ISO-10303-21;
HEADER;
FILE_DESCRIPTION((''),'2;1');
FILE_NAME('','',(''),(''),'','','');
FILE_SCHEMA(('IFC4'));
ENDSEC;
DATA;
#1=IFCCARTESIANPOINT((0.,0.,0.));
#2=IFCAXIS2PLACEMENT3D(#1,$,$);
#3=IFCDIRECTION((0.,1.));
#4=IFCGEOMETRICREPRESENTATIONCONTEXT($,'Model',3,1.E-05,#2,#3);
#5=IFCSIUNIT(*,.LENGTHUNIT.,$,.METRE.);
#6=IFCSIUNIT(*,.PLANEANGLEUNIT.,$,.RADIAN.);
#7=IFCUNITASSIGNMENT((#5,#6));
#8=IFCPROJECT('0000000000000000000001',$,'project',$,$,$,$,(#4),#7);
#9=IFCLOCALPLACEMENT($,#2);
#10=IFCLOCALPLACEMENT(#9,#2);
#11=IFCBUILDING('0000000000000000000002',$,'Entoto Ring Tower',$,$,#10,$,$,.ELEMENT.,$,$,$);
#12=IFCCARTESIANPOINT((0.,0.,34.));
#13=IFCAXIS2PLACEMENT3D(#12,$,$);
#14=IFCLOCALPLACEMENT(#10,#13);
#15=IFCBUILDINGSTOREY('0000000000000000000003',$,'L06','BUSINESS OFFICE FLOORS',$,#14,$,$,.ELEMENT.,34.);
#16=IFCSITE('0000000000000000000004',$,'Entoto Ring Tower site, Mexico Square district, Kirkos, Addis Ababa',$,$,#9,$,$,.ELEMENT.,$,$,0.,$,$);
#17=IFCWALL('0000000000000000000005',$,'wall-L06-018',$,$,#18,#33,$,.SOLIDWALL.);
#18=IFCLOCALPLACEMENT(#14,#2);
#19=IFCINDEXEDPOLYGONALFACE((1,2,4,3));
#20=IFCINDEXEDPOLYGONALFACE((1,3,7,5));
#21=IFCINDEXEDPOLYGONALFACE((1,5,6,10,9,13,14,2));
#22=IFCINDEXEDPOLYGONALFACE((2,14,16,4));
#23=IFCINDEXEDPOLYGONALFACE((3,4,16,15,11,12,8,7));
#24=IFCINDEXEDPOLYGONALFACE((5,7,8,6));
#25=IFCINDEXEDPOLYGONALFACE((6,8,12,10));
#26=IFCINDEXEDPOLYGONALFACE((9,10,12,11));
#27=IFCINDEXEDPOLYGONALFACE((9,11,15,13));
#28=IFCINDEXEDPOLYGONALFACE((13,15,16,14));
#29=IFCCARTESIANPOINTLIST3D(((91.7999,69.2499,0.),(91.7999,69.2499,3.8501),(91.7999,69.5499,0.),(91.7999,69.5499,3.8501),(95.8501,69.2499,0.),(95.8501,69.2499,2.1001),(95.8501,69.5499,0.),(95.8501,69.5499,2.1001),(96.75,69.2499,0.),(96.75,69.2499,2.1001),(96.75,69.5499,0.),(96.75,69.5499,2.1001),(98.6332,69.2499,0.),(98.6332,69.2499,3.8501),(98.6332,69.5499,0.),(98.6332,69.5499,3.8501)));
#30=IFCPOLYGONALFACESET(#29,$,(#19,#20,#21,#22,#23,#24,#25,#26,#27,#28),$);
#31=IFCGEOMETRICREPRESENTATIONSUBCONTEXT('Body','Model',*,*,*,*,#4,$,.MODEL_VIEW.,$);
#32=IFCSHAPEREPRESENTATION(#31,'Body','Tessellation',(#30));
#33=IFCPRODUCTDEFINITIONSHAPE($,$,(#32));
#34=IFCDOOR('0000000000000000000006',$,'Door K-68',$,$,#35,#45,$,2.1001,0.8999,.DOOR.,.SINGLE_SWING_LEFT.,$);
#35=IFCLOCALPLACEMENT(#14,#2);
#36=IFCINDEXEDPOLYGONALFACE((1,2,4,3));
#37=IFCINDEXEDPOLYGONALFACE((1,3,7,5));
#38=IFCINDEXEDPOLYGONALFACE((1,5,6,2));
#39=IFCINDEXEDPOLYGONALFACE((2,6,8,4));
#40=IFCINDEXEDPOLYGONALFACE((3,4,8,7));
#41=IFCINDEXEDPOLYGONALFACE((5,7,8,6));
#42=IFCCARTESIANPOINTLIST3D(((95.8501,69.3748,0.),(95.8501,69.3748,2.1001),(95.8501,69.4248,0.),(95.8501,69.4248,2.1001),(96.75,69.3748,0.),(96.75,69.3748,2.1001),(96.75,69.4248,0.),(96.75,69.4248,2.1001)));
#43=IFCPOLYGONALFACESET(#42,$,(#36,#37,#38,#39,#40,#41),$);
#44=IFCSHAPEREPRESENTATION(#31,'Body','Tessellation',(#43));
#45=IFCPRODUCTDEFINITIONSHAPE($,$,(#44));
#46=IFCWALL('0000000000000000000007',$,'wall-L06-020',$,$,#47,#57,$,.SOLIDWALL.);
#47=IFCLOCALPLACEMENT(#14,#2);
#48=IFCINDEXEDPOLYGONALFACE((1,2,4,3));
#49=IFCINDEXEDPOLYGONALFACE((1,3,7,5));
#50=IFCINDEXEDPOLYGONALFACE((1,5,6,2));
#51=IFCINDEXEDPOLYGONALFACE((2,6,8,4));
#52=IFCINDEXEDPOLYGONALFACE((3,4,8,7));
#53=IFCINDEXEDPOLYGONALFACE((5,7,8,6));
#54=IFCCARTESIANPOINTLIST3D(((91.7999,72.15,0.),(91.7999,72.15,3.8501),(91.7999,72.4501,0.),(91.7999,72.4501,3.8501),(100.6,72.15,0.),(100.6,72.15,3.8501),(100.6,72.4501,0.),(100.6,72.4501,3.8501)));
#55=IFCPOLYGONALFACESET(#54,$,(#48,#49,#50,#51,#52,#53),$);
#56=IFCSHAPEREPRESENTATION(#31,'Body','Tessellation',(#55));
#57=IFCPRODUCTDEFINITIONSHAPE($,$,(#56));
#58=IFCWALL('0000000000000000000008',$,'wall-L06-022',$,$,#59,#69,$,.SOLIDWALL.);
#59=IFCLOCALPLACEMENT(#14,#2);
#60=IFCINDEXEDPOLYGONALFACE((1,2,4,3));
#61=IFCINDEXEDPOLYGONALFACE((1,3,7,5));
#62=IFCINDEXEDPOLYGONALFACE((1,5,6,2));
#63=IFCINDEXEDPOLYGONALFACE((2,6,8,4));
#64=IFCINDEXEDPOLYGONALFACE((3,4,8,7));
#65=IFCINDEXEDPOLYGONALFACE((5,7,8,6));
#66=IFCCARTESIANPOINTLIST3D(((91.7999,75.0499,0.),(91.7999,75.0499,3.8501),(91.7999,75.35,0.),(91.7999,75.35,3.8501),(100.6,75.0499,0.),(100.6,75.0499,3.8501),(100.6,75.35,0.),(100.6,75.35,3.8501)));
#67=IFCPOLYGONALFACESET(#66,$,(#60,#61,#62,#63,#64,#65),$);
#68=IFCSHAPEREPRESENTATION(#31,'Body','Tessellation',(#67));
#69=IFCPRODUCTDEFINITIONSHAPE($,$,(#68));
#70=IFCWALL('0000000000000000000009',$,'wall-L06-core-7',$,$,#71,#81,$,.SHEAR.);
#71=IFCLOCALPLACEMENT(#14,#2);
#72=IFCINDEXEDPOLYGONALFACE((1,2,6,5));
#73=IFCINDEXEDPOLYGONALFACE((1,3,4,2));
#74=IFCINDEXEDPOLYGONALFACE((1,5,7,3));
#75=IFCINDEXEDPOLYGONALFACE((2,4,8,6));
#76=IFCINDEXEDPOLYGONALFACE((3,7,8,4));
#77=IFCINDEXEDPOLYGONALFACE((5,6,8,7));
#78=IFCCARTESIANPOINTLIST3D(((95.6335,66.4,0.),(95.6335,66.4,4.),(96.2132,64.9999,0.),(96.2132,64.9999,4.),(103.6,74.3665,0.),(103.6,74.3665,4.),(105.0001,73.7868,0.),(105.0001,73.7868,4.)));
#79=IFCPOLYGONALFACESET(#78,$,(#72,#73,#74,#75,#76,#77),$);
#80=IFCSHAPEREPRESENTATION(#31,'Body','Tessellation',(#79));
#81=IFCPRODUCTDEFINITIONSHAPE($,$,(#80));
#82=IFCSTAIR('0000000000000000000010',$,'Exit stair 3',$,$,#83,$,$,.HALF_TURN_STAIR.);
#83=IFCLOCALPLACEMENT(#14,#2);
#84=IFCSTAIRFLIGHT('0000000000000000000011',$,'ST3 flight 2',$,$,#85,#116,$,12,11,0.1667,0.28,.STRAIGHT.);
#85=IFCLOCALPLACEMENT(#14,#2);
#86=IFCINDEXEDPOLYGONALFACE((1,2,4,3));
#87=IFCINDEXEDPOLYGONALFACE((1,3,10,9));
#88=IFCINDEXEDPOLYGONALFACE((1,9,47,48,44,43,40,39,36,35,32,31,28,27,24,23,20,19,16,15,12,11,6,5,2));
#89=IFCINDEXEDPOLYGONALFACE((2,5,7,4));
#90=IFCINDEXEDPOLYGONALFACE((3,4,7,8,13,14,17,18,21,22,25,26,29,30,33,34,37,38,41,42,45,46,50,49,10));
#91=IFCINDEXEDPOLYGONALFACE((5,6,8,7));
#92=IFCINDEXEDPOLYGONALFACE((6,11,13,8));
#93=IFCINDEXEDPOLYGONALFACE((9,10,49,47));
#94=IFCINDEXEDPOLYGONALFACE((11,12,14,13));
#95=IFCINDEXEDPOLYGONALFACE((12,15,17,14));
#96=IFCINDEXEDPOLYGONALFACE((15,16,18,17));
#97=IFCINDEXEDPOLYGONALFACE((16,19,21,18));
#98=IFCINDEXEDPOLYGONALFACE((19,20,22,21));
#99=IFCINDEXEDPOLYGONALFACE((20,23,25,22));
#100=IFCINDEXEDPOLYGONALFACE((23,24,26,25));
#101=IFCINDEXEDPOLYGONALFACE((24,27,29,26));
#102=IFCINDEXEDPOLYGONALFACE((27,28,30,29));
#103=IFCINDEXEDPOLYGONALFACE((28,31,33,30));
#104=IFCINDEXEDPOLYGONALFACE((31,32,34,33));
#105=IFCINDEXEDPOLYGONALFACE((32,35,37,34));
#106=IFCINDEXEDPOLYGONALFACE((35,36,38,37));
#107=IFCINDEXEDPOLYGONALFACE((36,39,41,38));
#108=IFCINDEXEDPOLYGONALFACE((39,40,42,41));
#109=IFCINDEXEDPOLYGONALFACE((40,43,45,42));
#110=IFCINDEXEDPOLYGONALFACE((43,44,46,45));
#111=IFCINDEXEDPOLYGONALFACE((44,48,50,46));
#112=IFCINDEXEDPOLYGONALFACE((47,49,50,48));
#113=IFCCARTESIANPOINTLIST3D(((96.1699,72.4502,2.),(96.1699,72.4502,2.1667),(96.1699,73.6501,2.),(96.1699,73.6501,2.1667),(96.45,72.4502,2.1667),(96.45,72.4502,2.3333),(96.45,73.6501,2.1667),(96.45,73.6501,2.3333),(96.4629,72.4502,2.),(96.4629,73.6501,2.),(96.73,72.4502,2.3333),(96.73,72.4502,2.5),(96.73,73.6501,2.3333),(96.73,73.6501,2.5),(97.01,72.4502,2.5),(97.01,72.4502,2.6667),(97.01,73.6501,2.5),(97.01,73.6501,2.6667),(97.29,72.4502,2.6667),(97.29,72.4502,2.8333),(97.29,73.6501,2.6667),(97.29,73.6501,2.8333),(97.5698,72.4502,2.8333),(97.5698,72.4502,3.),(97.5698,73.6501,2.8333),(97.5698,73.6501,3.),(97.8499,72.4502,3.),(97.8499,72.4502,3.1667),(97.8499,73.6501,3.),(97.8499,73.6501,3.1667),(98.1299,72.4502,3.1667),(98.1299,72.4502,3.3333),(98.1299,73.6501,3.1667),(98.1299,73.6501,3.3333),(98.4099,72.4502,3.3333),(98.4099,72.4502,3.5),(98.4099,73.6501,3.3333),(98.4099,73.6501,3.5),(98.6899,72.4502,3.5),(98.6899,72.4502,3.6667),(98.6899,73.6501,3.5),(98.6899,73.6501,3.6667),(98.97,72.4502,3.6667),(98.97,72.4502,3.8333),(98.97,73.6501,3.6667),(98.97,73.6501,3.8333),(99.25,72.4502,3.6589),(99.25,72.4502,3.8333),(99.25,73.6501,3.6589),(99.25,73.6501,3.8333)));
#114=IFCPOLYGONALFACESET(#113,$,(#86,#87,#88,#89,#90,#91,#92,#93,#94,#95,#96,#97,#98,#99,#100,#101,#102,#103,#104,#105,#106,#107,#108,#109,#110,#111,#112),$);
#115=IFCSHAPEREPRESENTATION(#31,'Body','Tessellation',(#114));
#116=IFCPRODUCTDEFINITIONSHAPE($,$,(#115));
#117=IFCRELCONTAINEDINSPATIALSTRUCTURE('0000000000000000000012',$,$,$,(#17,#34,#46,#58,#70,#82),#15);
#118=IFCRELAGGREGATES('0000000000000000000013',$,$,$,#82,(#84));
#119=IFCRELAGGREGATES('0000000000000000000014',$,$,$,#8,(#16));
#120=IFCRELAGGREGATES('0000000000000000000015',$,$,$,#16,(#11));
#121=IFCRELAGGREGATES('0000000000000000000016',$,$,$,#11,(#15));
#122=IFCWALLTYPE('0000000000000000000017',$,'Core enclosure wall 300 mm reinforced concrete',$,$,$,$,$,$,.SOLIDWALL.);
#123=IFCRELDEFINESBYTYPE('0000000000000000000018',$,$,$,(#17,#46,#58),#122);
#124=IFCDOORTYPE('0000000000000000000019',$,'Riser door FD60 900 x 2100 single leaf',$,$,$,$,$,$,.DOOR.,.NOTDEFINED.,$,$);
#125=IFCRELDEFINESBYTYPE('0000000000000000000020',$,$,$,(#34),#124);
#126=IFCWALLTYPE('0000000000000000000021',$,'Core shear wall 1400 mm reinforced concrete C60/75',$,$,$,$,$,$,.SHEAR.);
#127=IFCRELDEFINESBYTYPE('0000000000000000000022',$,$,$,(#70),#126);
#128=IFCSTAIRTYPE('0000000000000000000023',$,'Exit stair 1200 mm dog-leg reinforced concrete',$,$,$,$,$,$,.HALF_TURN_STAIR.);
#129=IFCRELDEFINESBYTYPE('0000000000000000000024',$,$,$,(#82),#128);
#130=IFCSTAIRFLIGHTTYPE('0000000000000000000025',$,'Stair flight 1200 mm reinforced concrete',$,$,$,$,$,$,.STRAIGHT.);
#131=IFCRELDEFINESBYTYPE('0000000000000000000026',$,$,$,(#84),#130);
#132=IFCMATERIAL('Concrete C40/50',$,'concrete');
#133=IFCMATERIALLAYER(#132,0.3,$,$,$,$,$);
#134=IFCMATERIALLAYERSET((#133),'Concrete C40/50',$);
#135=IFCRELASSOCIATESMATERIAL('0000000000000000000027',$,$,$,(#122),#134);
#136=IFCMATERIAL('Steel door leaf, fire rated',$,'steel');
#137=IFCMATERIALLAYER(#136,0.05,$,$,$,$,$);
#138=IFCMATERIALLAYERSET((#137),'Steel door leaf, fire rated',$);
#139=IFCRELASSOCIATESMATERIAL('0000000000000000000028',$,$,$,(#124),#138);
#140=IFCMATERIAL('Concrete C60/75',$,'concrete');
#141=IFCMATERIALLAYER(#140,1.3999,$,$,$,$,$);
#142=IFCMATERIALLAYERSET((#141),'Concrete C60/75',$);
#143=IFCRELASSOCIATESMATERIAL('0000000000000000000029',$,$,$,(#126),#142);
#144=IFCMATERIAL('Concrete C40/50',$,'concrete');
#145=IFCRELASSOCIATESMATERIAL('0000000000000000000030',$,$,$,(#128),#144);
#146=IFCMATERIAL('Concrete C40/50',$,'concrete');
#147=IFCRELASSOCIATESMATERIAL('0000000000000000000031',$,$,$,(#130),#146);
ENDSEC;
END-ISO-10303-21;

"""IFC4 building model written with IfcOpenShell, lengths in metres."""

from ifc_helpers import new_model, si_unit, direction, frame, frame_2d, origin, place, context, subcontext, project, spatial, polyline, rectangle, outline, extrude, material, layer, layer_set, type_object, element, fill, aggregate, save


model = new_model("IFC4")

# Units and contexts
model_context = context("Model", 3, precision=1e-05, world=origin(), true_north=direction((0.0, 1.0)))
body_context = subcontext(model_context, "Body", "Model", "MODEL_VIEW")
ifc_project = project(units=[si_unit("LENGTHUNIT", "METRE"), si_unit("PLANEANGLEUNIT", "RADIAN")], contexts=[model_context])

# Site, building, storey
site_placement = place(None, origin())
site = spatial("IfcSite", under=ifc_project, at=site_placement, Name="Entoto Ring Tower site, Mexico Square district, Kirkos, Addis Ababa", CompositionType="ELEMENT", RefElevation=0.0)
building_placement = place(site_placement, origin())
building = spatial("IfcBuilding", under=site, at=building_placement, Name="Entoto Ring Tower", CompositionType="ELEMENT")
storey_placement = place(building_placement, frame((0.0, 0.0, 34.0)))
storey = spatial("IfcBuildingStorey", under=building, at=storey_placement, Name="L06", Description="BUSINESS OFFICE FLOORS", CompositionType="ELEMENT", Elevation=34.0)

# Shared definitions
ifc_material_1 = material(Name="Concrete C40/50", Category="concrete")
ifc_layer_1 = layer(ifc_material_1, 0.3)
ifc_layer_set_1 = layer_set([ifc_layer_1], Name="Concrete C40/50")
wall_type_1 = type_object("IfcWallType", Name="Core enclosure wall 300 mm reinforced concrete", PredefinedType="SOLIDWALL", material=ifc_layer_set_1)

# Wall, opening, door
wall_1_placement = place(storey_placement, frame((91.8, 69.3999, 0.0), z_axis=(0.0, 0.0, 1.0), x_axis=(1.0, 0.0, 0.0)))
wall_1 = element("IfcWall", 1, at=wall_1_placement, inside=storey, type_object=wall_type_1, Name="wall-L06-018", PredefinedType="SOLIDWALL", context=body_context, shape_type="SweptSolid", body=[
    extrude(rectangle(XDim=6.8333, YDim=0.3, at=frame_2d((3.4165, 0.0))), origin(), (0.0, 0.0, 1.0), 3.8501),
])
opening_1_placement = place(wall_1_placement, frame((4.05, 0.0, 0.0)))
opening_1 = element("IfcOpeningElement", 2, at=opening_1_placement, cuts=wall_1, PredefinedType="OPENING", context=body_context, shape_type="SweptSolid", body=[
    extrude(rectangle(XDim=0.8999, YDim=2.1001, at=frame_2d((0.45, 1.05))), frame((0.0, 0.1602, 0.0), z_axis=(0.0, -1.0, 0.0), x_axis=(1.0, 0.0, 0.0)), (0.0, 0.0, 1.0), 0.3201),
])
ifc_material_2 = material(Name="Steel door leaf, fire rated", Category="steel")
ifc_layer_2 = layer(ifc_material_2, 0.05)
ifc_layer_set_2 = layer_set([ifc_layer_2], Name="Steel door leaf, fire rated")
door_type_1 = type_object("IfcDoorType", Name="Riser door FD60 900 x 2100 single leaf", OperationType="NOTDEFINED", PredefinedType="DOOR", material=ifc_layer_set_2)
door_1_placement = place(opening_1_placement, origin())
door_1 = element("IfcDoor", 3, at=door_1_placement, inside=storey, type_object=door_type_1, Name="Door K-68", OperationType="SINGLE_SWING_LEFT", OverallHeight=2.1001, OverallWidth=0.8999, PredefinedType="DOOR", context=body_context, shape_type="SweptSolid", body=[
    extrude(rectangle(XDim=0.8999, YDim=2.1001, at=frame_2d((0.45, 1.05))), frame((0.0, 0.0249, 0.0), z_axis=(0.0, -1.0, 0.0), x_axis=(1.0, 0.0, 0.0)), (0.0, 0.0, 1.0), 0.05),
])
fill(opening_1, door_1)

# Walls
for number, where, z_axis, x_axis, name in (
    (4, (91.8, 72.3, 0.0), (0.0, 0.0, 1.0), (1.0, 0.0, 0.0), "wall-L06-020"),
    (5, (91.8, 75.2, 0.0), (0.0, 0.0, 1.0), (1.0, 0.0, 0.0), "wall-L06-022"),
):
    element("IfcWall", number, at=place(storey_placement, frame(where, z_axis=z_axis, x_axis=x_axis)), inside=storey, type_object=wall_type_1, Name=name, PredefinedType="SOLIDWALL", context=body_context, shape_type="SweptSolid", body=[
        extrude(rectangle(XDim=8.8, YDim=0.3, at=frame_2d((4.3999, 0.0))), origin(), (0.0, 0.0, 1.0), 3.8501),
    ])
ifc_material_3 = material(Name="Concrete C60/75", Category="concrete")
ifc_layer_3 = layer(ifc_material_3, 1.3999)
ifc_layer_set_3 = layer_set([ifc_layer_3], Name="Concrete C60/75")
wall_type_2 = type_object("IfcWallType", Name="Core shear wall 1400 mm reinforced concrete C60/75", PredefinedType="SHEAR", material=ifc_layer_set_3)
wall_2_placement = place(storey_placement, frame((95.9233, 65.7, 0.0), z_axis=(0.0, 0.0, 1.0), x_axis=(0.707107, 0.707107, 0.0)))
element("IfcWall", 6, at=wall_2_placement, inside=storey, type_object=wall_type_2, Name="wall-L06-core-7", PredefinedType="SHEAR", context=body_context, shape_type="SweptSolid", body=[
    extrude(outline(polyline([(-0.29, -0.7), (12.1365, -0.7), (11.5564, 0.7), (0.29, 0.7), (-0.29, -0.7)])), origin(), (0.0, 0.0, 1.0), 4.0),
])

# Stair, stair flight
ifc_material_4 = material(Name="Concrete C40/50", Category="concrete")
stair_type = type_object("IfcStairType", Name="Exit stair 1200 mm dog-leg reinforced concrete", PredefinedType="HALF_TURN_STAIR", material=ifc_material_4)
stair_placement = place(storey_placement, origin())
stair = element("IfcStair", 7, at=stair_placement, inside=storey, type_object=stair_type, Name="Exit stair 3", PredefinedType="HALF_TURN_STAIR")
ifc_material_5 = material(Name="Concrete C40/50", Category="concrete")
stair_flight_type = type_object("IfcStairFlightType", Name="Stair flight 1200 mm reinforced concrete", PredefinedType="STRAIGHT", material=ifc_material_5)
stair_flight_placement = place(storey_placement, frame((96.1699, 73.05, 2.0), z_axis=(0.0, 0.0, 1.0), x_axis=(1.0, 0.0, 0.0)))
stair_flight = element("IfcStairFlight", 8, at=stair_flight_placement, type_object=stair_flight_type, Name="ST3 flight 2", NumberOfRisers=12, NumberOfTreads=11, PredefinedType="STRAIGHT", RiserHeight=0.1667, TreadLength=0.28, context=body_context, shape_type="SweptSolid", body=[
    extrude(outline(polyline([(0.0, 0.0), (0.0, 0.1667), (0.28, 0.1667), (0.28, 0.3333), (0.5601, 0.3333), (0.5601, 0.5), (0.8401, 0.5), (0.8401, 0.6667), (1.1201, 0.6667), (1.1201, 0.8333), (1.3999, 0.8333), (1.3999, 1.0), (1.6799, 1.0), (1.6799, 1.1667), (1.96, 1.1667), (1.96, 1.3333), (2.24, 1.3333), (2.24, 1.5), (2.52, 1.5), (2.52, 1.6667), (2.8, 1.6667), (2.8, 1.8333), (3.0801, 1.8333), (3.0801, 2.0), (3.0801, 1.6589), (0.293, 0.0), (0.0, 0.0)])), frame((0.0, 0.6001, 0.0), z_axis=(0.0, -1.0, 0.0), x_axis=(1.0, 0.0, 0.0)), (0.0, 0.0, 1.0), 1.2),
])
aggregate(stair, [stair_flight])

save(model, "model.ifc")
